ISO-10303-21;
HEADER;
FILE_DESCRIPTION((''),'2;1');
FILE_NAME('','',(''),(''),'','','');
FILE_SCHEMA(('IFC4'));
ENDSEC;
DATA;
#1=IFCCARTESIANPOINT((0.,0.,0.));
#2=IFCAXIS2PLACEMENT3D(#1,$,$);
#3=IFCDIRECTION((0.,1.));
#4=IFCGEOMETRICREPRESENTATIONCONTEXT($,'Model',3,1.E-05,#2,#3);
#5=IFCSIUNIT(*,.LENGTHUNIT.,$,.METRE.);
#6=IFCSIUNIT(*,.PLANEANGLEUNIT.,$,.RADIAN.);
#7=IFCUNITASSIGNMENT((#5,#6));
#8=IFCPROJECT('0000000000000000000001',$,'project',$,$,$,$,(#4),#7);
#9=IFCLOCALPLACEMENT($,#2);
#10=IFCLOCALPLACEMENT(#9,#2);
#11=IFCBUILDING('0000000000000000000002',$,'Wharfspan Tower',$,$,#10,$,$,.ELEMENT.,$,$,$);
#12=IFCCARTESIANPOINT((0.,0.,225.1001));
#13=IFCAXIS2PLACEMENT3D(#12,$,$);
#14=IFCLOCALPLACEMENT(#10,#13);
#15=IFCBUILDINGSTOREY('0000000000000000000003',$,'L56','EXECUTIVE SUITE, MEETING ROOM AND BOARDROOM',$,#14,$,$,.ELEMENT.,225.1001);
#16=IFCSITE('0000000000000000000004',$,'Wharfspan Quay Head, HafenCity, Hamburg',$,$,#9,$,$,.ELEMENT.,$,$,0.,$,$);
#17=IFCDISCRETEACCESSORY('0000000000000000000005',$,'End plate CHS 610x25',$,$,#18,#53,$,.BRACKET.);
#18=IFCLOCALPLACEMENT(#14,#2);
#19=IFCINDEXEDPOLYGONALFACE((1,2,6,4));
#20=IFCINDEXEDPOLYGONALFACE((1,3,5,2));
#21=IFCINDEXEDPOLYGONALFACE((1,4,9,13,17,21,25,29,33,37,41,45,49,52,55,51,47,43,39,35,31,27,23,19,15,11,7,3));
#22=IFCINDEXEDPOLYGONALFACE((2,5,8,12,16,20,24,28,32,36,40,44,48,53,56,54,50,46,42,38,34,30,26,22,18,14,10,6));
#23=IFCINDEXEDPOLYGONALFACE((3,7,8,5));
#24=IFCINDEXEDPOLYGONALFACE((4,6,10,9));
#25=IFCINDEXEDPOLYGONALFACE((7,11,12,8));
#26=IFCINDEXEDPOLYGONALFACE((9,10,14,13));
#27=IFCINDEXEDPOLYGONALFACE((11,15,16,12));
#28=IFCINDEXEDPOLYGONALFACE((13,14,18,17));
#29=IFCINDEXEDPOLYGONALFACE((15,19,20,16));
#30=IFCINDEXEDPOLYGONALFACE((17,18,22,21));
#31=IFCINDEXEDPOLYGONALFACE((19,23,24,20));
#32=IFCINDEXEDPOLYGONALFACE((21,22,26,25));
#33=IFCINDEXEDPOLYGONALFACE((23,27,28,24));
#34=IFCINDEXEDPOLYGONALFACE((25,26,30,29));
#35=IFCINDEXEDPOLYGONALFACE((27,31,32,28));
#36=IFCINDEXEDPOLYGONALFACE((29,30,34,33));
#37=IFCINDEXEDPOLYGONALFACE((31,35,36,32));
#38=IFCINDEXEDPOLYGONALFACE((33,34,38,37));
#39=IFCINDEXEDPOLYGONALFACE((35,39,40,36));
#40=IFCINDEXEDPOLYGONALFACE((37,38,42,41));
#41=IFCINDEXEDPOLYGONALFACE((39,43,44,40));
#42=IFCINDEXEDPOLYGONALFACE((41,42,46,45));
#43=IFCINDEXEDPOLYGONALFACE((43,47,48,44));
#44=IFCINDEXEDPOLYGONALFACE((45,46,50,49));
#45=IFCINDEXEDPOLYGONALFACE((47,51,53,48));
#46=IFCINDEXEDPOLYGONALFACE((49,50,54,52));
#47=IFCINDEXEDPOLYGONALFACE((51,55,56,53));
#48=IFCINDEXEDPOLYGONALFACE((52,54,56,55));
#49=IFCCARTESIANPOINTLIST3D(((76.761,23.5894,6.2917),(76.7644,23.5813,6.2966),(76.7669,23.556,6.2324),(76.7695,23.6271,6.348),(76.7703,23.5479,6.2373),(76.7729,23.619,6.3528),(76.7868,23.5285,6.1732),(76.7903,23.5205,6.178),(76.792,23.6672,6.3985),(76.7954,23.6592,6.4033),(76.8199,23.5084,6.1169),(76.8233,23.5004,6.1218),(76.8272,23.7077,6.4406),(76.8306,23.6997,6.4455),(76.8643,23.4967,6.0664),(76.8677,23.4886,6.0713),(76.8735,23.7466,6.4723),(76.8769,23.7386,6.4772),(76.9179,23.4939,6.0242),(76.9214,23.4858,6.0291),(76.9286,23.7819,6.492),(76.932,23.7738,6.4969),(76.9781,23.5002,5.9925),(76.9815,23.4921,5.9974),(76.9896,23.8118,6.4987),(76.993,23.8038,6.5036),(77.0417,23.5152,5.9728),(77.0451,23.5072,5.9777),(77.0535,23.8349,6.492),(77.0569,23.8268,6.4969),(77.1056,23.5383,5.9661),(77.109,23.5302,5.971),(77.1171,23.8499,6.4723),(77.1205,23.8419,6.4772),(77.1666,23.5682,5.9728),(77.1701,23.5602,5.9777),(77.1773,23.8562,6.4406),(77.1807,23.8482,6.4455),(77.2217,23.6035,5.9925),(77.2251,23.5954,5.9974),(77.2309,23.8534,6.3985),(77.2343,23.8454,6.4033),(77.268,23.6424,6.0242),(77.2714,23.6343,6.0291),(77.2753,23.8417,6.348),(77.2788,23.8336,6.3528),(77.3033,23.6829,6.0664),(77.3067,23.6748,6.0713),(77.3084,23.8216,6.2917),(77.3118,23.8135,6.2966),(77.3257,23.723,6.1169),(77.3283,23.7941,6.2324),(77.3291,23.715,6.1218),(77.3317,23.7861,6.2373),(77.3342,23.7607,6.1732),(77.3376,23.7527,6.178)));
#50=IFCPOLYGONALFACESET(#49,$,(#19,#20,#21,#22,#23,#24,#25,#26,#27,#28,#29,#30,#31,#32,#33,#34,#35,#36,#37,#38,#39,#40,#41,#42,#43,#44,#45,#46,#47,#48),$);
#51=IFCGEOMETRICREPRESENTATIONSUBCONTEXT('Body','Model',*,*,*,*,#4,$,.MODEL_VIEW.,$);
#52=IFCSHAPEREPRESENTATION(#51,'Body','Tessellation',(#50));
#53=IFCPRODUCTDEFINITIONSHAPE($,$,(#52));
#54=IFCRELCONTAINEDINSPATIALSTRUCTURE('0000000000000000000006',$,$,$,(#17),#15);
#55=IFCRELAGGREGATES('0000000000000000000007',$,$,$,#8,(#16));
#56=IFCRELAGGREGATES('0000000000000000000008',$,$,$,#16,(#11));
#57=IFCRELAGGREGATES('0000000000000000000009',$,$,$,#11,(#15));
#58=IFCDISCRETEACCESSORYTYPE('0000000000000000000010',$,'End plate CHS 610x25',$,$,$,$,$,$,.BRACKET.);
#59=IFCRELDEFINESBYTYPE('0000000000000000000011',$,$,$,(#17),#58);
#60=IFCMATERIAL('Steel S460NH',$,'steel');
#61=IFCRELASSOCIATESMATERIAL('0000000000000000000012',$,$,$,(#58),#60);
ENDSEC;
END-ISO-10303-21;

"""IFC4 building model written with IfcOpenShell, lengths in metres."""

from ifc_helpers import new_model, si_unit, direction, frame, origin, origin_2d, place, context, subcontext, project, spatial, circle, extrude, material, material_profile, profile_set, type_object, element, save


model = new_model("IFC4")

# Units and contexts
model_context = context("Model", 3, precision=1e-05, world=origin(), true_north=direction((0.0, 1.0)))
body_context = subcontext(model_context, "Body", "Model", "MODEL_VIEW")
ifc_project = project(units=[si_unit("LENGTHUNIT", "METRE"), si_unit("PLANEANGLEUNIT", "RADIAN")], contexts=[model_context])

# Site, building, storey
site_placement = place(None, origin())
site = spatial("IfcSite", under=ifc_project, at=site_placement, Name="Wharfspan Quay Head, HafenCity, Hamburg", CompositionType="ELEMENT", RefElevation=0.0)
building_placement = place(site_placement, origin())
building = spatial("IfcBuilding", under=site, at=building_placement, Name="Wharfspan Tower", CompositionType="ELEMENT")
storey_placement = place(building_placement, frame((0.0, 0.0, 225.1001)))
storey = spatial("IfcBuildingStorey", under=building, at=storey_placement, Name="L56", Description="EXECUTIVE SUITE, MEETING ROOM AND BOARDROOM", CompositionType="ELEMENT", Elevation=225.1001)

# Discrete accessory
ifc_material_1 = material(Name="Steel S460NH", Category="steel")
ifc_material_profile_1 = material_profile(ifc_material_1, circle(Radius=0.3049, at=origin_2d()))
ifc_profile_set_1 = profile_set([ifc_material_profile_1], Name="Steel S460NH")
discrete_accessory_type = type_object("IfcDiscreteAccessoryType", Name="End plate CHS 610x25", PredefinedType="BRACKET", material=ifc_profile_set_1)
discrete_accessory_1_placement = place(storey_placement, frame((77.0476, 23.675, 6.2324), z_axis=(0.341058, -0.803922, 0.487226), x_axis=(0.920584, 0.390551, 0.0)))
element("IfcDiscreteAccessory", 1, at=discrete_accessory_1_placement, inside=storey, type_object=discrete_accessory_type, Name="End plate CHS 610x25", PredefinedType="BRACKET", context=body_context, shape_type="SweptSolid", body=[
    extrude(circle(Radius=0.3049, at=origin_2d()), origin(), (0.0, 0.0, 1.0), 0.01),
])

save(model, "model.ifc")
